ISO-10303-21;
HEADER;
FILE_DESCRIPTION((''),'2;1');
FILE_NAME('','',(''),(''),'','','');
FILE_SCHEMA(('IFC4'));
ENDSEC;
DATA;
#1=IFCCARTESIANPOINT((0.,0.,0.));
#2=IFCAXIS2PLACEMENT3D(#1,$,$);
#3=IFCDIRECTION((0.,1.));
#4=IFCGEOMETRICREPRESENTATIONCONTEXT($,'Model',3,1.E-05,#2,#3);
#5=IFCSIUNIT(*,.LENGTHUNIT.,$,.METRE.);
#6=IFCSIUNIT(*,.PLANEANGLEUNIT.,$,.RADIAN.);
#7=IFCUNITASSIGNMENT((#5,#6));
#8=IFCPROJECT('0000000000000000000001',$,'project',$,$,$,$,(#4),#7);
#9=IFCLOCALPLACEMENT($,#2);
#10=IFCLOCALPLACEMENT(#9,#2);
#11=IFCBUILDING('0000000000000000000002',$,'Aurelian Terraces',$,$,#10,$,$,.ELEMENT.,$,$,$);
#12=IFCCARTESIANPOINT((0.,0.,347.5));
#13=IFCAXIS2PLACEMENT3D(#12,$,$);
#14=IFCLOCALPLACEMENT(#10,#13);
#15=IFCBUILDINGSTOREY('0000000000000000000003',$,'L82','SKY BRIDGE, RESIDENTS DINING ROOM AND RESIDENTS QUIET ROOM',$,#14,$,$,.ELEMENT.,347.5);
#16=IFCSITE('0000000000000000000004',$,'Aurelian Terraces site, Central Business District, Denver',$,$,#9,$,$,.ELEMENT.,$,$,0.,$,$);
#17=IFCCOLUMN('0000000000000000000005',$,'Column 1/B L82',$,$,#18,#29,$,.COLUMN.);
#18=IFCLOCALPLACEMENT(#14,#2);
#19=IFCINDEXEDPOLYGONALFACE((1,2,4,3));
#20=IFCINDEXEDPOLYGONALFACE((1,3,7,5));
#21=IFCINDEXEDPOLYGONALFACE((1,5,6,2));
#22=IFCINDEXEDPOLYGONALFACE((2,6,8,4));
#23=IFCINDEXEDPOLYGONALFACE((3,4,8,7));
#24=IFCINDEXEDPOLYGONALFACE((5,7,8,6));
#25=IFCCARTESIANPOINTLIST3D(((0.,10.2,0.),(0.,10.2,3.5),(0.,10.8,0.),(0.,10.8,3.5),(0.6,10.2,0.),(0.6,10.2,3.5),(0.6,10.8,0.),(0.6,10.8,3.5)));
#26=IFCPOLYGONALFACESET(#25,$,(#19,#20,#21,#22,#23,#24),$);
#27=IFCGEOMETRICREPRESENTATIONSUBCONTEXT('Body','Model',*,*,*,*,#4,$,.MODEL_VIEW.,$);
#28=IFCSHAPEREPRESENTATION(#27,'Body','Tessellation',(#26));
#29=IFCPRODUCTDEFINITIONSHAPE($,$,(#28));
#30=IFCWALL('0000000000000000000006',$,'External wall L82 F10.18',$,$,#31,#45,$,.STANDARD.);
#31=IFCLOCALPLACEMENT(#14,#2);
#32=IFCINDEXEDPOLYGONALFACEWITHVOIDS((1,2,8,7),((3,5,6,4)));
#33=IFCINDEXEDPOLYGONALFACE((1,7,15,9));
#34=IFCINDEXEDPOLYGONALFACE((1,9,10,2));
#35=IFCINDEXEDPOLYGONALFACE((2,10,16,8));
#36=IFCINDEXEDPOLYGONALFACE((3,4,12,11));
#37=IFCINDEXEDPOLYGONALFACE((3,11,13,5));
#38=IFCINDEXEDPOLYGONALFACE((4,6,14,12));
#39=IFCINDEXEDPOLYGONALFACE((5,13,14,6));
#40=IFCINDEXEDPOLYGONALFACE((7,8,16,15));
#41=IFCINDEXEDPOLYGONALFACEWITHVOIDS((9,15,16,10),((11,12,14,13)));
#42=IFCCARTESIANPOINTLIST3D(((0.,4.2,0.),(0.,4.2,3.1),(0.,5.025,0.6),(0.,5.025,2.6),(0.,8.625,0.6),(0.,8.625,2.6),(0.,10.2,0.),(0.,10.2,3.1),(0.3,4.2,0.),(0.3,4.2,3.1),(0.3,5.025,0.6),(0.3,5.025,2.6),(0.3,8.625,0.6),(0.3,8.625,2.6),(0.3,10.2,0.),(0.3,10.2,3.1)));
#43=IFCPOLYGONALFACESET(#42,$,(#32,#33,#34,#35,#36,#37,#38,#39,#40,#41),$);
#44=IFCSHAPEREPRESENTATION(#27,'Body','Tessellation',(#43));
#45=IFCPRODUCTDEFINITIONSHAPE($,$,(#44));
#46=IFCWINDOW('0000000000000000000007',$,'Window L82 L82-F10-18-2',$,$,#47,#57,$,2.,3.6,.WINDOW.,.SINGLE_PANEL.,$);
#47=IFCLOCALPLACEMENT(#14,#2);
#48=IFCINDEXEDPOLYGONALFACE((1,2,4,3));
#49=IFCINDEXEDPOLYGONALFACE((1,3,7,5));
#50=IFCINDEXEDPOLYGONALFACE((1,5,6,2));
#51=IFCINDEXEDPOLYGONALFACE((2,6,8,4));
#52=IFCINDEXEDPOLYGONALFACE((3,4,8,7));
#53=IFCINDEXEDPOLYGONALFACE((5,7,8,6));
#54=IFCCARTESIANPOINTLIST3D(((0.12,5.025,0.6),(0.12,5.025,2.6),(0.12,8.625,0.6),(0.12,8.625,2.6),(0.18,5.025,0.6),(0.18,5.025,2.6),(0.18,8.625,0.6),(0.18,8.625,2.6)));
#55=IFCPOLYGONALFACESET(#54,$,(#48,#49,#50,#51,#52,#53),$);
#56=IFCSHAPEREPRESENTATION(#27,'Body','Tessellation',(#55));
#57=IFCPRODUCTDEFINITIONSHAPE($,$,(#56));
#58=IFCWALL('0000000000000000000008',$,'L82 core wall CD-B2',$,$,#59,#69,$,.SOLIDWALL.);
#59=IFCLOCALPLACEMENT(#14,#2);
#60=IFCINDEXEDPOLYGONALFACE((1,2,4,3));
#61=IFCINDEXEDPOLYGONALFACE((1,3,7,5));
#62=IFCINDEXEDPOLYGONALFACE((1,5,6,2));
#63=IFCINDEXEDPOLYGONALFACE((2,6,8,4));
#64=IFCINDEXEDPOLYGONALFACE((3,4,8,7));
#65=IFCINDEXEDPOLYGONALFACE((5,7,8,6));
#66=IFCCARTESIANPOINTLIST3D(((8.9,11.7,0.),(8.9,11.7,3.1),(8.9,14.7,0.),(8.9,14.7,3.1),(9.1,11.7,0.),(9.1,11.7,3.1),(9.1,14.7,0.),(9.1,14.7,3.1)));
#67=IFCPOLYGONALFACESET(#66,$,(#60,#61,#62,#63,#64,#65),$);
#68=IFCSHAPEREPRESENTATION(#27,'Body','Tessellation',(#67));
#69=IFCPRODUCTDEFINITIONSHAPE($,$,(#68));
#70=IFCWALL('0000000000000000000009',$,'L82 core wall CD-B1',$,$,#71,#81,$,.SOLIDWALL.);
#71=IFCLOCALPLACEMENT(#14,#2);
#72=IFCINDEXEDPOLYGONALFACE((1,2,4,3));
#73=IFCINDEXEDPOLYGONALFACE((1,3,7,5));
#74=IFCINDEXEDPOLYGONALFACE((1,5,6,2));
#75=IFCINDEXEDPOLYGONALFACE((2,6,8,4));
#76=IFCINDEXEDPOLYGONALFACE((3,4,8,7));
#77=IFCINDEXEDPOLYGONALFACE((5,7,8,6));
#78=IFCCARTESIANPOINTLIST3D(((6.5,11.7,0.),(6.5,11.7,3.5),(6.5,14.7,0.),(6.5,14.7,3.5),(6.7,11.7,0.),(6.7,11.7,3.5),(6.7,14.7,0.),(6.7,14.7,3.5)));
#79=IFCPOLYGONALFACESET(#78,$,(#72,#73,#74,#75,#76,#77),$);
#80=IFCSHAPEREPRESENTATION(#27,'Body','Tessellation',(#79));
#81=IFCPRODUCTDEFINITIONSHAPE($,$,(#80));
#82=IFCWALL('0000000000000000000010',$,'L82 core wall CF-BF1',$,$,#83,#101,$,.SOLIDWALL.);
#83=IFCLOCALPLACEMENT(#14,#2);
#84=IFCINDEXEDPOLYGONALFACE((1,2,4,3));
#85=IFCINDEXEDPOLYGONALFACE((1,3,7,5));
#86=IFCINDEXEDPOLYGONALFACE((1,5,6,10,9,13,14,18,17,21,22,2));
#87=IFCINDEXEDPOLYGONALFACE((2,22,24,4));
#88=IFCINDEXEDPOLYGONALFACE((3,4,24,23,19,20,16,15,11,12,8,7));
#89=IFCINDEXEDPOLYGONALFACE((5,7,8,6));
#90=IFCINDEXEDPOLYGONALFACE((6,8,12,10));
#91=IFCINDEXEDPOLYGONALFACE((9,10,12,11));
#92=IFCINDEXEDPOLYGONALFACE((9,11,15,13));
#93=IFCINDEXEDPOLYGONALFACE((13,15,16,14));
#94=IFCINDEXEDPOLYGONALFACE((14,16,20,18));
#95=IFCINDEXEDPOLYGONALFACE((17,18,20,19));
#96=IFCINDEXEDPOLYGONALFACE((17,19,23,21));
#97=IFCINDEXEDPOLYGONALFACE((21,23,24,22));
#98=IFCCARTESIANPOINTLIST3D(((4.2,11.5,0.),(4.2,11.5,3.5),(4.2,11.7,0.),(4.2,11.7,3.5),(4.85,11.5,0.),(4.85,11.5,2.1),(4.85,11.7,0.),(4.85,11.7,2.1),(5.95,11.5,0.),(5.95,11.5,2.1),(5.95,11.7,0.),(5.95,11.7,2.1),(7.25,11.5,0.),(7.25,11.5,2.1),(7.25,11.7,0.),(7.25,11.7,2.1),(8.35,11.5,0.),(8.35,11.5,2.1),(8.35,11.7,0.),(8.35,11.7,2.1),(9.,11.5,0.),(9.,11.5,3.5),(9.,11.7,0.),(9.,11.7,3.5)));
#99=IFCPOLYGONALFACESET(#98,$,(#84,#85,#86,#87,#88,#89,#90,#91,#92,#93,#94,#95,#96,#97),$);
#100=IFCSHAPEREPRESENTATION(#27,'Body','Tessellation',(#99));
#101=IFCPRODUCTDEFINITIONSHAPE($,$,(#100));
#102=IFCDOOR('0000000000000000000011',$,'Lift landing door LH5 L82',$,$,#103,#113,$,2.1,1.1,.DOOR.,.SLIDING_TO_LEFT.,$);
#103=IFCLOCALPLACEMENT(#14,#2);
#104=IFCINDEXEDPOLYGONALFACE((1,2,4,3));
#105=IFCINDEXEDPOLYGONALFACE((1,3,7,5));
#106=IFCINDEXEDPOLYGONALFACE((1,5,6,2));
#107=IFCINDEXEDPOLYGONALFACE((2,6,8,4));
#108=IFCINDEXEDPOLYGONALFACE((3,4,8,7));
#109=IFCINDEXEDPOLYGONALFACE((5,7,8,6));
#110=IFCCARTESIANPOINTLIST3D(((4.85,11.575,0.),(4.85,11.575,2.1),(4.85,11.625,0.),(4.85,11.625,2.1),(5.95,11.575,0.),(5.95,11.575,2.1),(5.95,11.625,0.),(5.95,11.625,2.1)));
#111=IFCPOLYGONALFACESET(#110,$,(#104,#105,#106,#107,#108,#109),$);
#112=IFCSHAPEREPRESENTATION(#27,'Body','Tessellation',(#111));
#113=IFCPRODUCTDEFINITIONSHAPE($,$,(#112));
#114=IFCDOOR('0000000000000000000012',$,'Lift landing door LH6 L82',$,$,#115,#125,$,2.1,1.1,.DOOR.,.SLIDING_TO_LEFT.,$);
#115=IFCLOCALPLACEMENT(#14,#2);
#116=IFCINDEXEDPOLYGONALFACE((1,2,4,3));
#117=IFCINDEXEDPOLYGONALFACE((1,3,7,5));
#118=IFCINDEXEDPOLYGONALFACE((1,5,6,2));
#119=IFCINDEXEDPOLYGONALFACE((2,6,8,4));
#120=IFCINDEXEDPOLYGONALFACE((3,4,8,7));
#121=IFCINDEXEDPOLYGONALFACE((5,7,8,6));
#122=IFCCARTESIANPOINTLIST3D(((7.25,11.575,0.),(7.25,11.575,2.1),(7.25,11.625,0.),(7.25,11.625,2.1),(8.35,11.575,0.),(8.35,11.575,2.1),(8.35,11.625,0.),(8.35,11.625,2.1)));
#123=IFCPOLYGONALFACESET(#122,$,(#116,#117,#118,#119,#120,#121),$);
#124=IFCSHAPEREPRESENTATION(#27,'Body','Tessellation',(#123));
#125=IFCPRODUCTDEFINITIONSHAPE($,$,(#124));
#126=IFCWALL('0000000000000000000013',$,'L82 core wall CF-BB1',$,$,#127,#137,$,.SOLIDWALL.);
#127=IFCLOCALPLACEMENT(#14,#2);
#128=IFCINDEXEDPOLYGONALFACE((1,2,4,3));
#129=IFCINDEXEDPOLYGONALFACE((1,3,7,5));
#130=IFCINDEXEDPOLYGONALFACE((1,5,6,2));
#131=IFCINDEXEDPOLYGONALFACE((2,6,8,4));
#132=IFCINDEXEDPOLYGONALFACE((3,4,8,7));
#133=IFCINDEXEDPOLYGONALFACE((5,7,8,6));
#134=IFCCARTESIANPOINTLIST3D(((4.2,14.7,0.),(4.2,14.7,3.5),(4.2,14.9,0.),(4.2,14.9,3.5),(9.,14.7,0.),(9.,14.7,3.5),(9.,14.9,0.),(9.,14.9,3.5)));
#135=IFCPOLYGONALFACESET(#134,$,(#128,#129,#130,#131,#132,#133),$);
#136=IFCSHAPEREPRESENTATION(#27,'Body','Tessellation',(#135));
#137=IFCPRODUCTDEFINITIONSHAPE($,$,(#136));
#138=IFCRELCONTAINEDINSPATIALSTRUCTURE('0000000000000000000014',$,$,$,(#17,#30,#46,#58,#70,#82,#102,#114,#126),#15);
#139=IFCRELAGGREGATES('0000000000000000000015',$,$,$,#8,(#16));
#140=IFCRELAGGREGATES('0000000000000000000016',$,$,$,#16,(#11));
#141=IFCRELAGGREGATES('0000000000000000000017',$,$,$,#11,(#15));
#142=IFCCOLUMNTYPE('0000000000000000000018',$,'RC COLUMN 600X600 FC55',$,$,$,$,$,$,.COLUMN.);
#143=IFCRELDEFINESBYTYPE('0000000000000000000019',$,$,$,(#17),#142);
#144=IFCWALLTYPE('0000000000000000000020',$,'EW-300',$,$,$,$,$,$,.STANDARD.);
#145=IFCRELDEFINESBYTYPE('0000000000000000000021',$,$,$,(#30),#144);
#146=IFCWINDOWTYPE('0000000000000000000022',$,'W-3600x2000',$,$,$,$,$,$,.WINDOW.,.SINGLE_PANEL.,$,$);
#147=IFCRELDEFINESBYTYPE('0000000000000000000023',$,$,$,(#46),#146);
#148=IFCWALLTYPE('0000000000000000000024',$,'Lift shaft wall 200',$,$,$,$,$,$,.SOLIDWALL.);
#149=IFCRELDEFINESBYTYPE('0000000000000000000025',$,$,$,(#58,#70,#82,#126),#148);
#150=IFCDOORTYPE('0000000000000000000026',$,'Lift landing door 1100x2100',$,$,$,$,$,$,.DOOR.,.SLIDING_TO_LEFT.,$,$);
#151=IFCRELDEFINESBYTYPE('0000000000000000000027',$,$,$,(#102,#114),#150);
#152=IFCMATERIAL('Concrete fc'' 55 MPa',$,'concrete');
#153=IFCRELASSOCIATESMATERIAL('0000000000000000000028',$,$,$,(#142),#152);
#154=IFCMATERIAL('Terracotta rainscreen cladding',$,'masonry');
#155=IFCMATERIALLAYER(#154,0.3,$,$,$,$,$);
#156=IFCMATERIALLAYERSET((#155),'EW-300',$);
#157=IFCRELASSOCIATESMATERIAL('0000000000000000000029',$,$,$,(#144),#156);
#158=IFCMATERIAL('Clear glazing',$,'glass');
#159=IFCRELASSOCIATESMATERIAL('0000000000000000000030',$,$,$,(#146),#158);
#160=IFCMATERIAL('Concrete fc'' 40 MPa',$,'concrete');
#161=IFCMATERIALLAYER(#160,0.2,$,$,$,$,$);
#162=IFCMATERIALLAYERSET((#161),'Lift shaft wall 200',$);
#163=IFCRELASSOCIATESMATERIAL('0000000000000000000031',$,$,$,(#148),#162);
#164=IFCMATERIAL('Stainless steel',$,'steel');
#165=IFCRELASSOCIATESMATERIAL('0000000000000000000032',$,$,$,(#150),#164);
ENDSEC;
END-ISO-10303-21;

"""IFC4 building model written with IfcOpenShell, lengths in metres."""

from ifc_helpers import new_model, si_unit, direction, frame, frame_2d, origin, origin_2d, place, context, subcontext, project, spatial, rectangle, extrude, source, transform, mapped, material, layer, layer_set, material_profile, profile_set, type_object, element, fill, save


model = new_model("IFC4")

# Units and contexts
model_context = context("Model", 3, precision=1e-05, world=origin(), true_north=direction((0.0, 1.0)))
body_context = subcontext(model_context, "Body", "Model", "MODEL_VIEW")
ifc_project = project(units=[si_unit("LENGTHUNIT", "METRE"), si_unit("PLANEANGLEUNIT", "RADIAN")], contexts=[model_context])

# Site, building, storey
site_placement = place(None, origin())
site = spatial("IfcSite", under=ifc_project, at=site_placement, Name="Aurelian Terraces site, Central Business District, Denver", CompositionType="ELEMENT", RefElevation=0.0)
building_placement = place(site_placement, origin())
building = spatial("IfcBuilding", under=site, at=building_placement, Name="Aurelian Terraces", CompositionType="ELEMENT")
storey_placement = place(building_placement, frame((0.0, 0.0, 347.5)))
storey = spatial("IfcBuildingStorey", under=building, at=storey_placement, Name="L82", Description="SKY BRIDGE, RESIDENTS DINING ROOM AND RESIDENTS QUIET ROOM", CompositionType="ELEMENT", Elevation=347.5)

# Column
ifc_material_1 = material(Name="Concrete fc' 55 MPa", Category="concrete")
ifc_material_profile = material_profile(ifc_material_1, rectangle(XDim=0.6, YDim=0.6, at=origin_2d()))
ifc_profile_set = profile_set([ifc_material_profile], Name="Concrete fc' 55 MPa")
column_type = type_object("IfcColumnType", Name="RC COLUMN 600X600 FC55", PredefinedType="COLUMN", material=ifc_profile_set)
shared_shape_1 = source(origin(), body_context, "Body", "SweptSolid", [
    extrude(rectangle(XDim=0.6, YDim=0.6, at=origin_2d()), origin(), (0.0, 0.0, 1.0), 3.5),
])
column_placement = place(storey_placement, frame((0.3, 10.5, 0.0), z_axis=(0.0, 0.0, 1.0), x_axis=(1.0, 0.0, 0.0)))
element("IfcColumn", 1, at=column_placement, inside=storey, type_object=column_type, Name="Column 1/B L82", PredefinedType="COLUMN", context=body_context, shape_type="MappedRepresentation", body=[
    mapped(shared_shape_1, transform((0.0, 0.0, 0.0), scale=1.0)),
])

# Wall, opening, window
ifc_material_2 = material(Name="Terracotta rainscreen cladding", Category="masonry")
ifc_layer_1 = layer(ifc_material_2, 0.3)
ifc_layer_set_1 = layer_set([ifc_layer_1], Name="EW-300")
wall_type_1 = type_object("IfcWallType", Name="EW-300", PredefinedType="STANDARD", material=ifc_layer_set_1)
shared_shape_2 = source(origin(), body_context, "Body", "SweptSolid", [
    extrude(rectangle(XDim=6.0, YDim=0.3, at=frame_2d((3.0, 0.0))), origin(), (0.0, 0.0, 1.0), 3.1),
])
wall_1_placement = place(storey_placement, frame((0.15, 10.2, 0.0), z_axis=(0.0, 0.0, 1.0), x_axis=(0.0, -1.0, 0.0)))
wall_1 = element("IfcWall", 2, at=wall_1_placement, inside=storey, type_object=wall_type_1, Name="External wall L82 F10.18", PredefinedType="STANDARD", context=body_context, shape_type="MappedRepresentation", body=[
    mapped(shared_shape_2, transform((0.0, 0.0, 0.0), scale=1.0)),
])
shared_shape_3 = source(origin(), body_context, "Body", "SweptSolid", [
    extrude(rectangle(XDim=3.6, YDim=2.0, at=frame_2d((1.8, 1.0))), frame((0.0, 0.16, 0.0), z_axis=(0.0, -1.0, 0.0), x_axis=(1.0, 0.0, 0.0)), (0.0, 0.0, 1.0), 0.32),
])
opening_1_placement = place(wall_1_placement, frame((1.575, 0.0, 0.6)))
opening_1 = element("IfcOpeningElement", 3, at=opening_1_placement, cuts=wall_1, PredefinedType="OPENING", context=body_context, shape_type="MappedRepresentation", body=[
    mapped(shared_shape_3, transform((0.0, 0.0, 0.0), scale=1.0)),
])
ifc_material_3 = material(Name="Clear glazing", Category="glass")
window_type = type_object("IfcWindowType", Name="W-3600x2000", PartitioningType="SINGLE_PANEL", PredefinedType="WINDOW", material=ifc_material_3)
shared_shape_4 = source(origin(), body_context, "Body", "SweptSolid", [
    extrude(rectangle(XDim=3.6, YDim=2.0, at=frame_2d((1.8, 1.0))), frame((0.0, 0.03, 0.0), z_axis=(0.0, -1.0, 0.0), x_axis=(1.0, 0.0, 0.0)), (0.0, 0.0, 1.0), 0.06),
])
window_placement = place(opening_1_placement, origin())
window = element("IfcWindow", 4, at=window_placement, inside=storey, type_object=window_type, Name="Window L82 L82-F10-18-2", OverallHeight=2.0, OverallWidth=3.6, PartitioningType="SINGLE_PANEL", PredefinedType="WINDOW", context=body_context, shape_type="MappedRepresentation", body=[
    mapped(shared_shape_4, transform((0.0, 0.0, 0.0), scale=1.0)),
])
fill(opening_1, window)

# Walls
ifc_material_4 = material(Name="Concrete fc' 40 MPa", Category="concrete")
ifc_layer_2 = layer(ifc_material_4, 0.2)
ifc_layer_set_2 = layer_set([ifc_layer_2], Name="Lift shaft wall 200")
wall_type_2 = type_object("IfcWallType", Name="Lift shaft wall 200", PredefinedType="SOLIDWALL", material=ifc_layer_set_2)
shared_shape_5 = source(origin(), body_context, "Body", "SweptSolid", [
    extrude(rectangle(XDim=3.0, YDim=0.2, at=frame_2d((1.5, 0.0))), origin(), (0.0, 0.0, 1.0), 3.1),
])
wall_2_placement = place(storey_placement, frame((9.0, 11.7, 0.0), z_axis=(0.0, 0.0, 1.0), x_axis=(0.0, 1.0, 0.0)))
element("IfcWall", 5, at=wall_2_placement, inside=storey, type_object=wall_type_2, Name="L82 core wall CD-B2", PredefinedType="SOLIDWALL", context=body_context, shape_type="MappedRepresentation", body=[
    mapped(shared_shape_5, transform((0.0, 0.0, 0.0), scale=1.0)),
])
shared_shape_6 = source(origin(), body_context, "Body", "SweptSolid", [
    extrude(rectangle(XDim=3.0, YDim=0.2, at=frame_2d((1.5, 0.0))), origin(), (0.0, 0.0, 1.0), 3.5),
])
wall_3_placement = place(storey_placement, frame((6.6, 11.7, 0.0), z_axis=(0.0, 0.0, 1.0), x_axis=(0.0, 1.0, 0.0)))
element("IfcWall", 6, at=wall_3_placement, inside=storey, type_object=wall_type_2, Name="L82 core wall CD-B1", PredefinedType="SOLIDWALL", context=body_context, shape_type="MappedRepresentation", body=[
    mapped(shared_shape_6, transform((0.0, 0.0, 0.0), scale=1.0)),
])

# Wall, openings, doors
shared_shape_7 = source(origin(), body_context, "Body", "SweptSolid", [
    extrude(rectangle(XDim=4.8, YDim=0.2, at=frame_2d((2.4, 0.0))), origin(), (0.0, 0.0, 1.0), 3.5),
])
wall_4_placement = place(storey_placement, frame((4.2, 11.6, 0.0), z_axis=(0.0, 0.0, 1.0), x_axis=(1.0, 0.0, 0.0)))
wall_4 = element("IfcWall", 7, at=wall_4_placement, inside=storey, type_object=wall_type_2, Name="L82 core wall CF-BF1", PredefinedType="SOLIDWALL", context=body_context, shape_type="MappedRepresentation", body=[
    mapped(shared_shape_7, transform((0.0, 0.0, 0.0), scale=1.0)),
])
shared_shape_8 = source(origin(), body_context, "Body", "SweptSolid", [
    extrude(rectangle(XDim=1.1, YDim=2.1, at=frame_2d((0.55, 1.05))), frame((0.0, 0.11, 0.0), z_axis=(0.0, -1.0, 0.0), x_axis=(1.0, 0.0, 0.0)), (0.0, 0.0, 1.0), 0.22),
])
opening_2_placement = place(wall_4_placement, frame((0.65, 0.0, 0.0)))
opening_2 = element("IfcOpeningElement", 8, at=opening_2_placement, cuts=wall_4, PredefinedType="OPENING", context=body_context, shape_type="MappedRepresentation", body=[
    mapped(shared_shape_8, transform((0.0, 0.0, 0.0), scale=1.0)),
])
opening_3_placement = place(wall_4_placement, frame((3.05, 0.0, 0.0)))
opening_3 = element("IfcOpeningElement", 9, at=opening_3_placement, cuts=wall_4, PredefinedType="OPENING", context=body_context, shape_type="MappedRepresentation", body=[
    mapped(shared_shape_8, transform((0.0, 0.0, 0.0), scale=1.0)),
])
ifc_material_5 = material(Name="Stainless steel", Category="steel")
door_type_1 = type_object("IfcDoorType", Name="Lift landing door 1100x2100", OperationType="SLIDING_TO_LEFT", PredefinedType="DOOR", material=ifc_material_5)
shared_shape_9 = source(origin(), body_context, "Body", "SweptSolid", [
    extrude(rectangle(XDim=1.1, YDim=2.1, at=frame_2d((0.55, 1.05))), frame((0.0, 0.025, 0.0), z_axis=(0.0, -1.0, 0.0), x_axis=(1.0, 0.0, 0.0)), (0.0, 0.0, 1.0), 0.05),
])
door_1_placement = place(opening_2_placement, origin())
door_1 = element("IfcDoor", 10, at=door_1_placement, inside=storey, type_object=door_type_1, Name="Lift landing door LH5 L82", OperationType="SLIDING_TO_LEFT", OverallHeight=2.1, OverallWidth=1.1, PredefinedType="DOOR", context=body_context, shape_type="MappedRepresentation", body=[
    mapped(shared_shape_9, transform((0.0, 0.0, 0.0), scale=1.0)),
])
fill(opening_2, door_1)
door_2_placement = place(opening_3_placement, origin())
door_2 = element("IfcDoor", 11, at=door_2_placement, inside=storey, type_object=door_type_1, Name="Lift landing door LH6 L82", OperationType="SLIDING_TO_LEFT", OverallHeight=2.1, OverallWidth=1.1, PredefinedType="DOOR", context=body_context, shape_type="MappedRepresentation", body=[
    mapped(shared_shape_9, transform((0.0, 0.0, 0.0), scale=1.0)),
])
fill(opening_3, door_2)

# Wall
wall_5_placement = place(storey_placement, frame((4.2, 14.8, 0.0), z_axis=(0.0, 0.0, 1.0), x_axis=(1.0, 0.0, 0.0)))
element("IfcWall", 12, at=wall_5_placement, inside=storey, type_object=wall_type_2, Name="L82 core wall CF-BB1", PredefinedType="SOLIDWALL", context=body_context, shape_type="MappedRepresentation", body=[
    mapped(shared_shape_7, transform((0.0, 0.0, 0.0), scale=1.0)),
])

save(model, "model.ifc")
